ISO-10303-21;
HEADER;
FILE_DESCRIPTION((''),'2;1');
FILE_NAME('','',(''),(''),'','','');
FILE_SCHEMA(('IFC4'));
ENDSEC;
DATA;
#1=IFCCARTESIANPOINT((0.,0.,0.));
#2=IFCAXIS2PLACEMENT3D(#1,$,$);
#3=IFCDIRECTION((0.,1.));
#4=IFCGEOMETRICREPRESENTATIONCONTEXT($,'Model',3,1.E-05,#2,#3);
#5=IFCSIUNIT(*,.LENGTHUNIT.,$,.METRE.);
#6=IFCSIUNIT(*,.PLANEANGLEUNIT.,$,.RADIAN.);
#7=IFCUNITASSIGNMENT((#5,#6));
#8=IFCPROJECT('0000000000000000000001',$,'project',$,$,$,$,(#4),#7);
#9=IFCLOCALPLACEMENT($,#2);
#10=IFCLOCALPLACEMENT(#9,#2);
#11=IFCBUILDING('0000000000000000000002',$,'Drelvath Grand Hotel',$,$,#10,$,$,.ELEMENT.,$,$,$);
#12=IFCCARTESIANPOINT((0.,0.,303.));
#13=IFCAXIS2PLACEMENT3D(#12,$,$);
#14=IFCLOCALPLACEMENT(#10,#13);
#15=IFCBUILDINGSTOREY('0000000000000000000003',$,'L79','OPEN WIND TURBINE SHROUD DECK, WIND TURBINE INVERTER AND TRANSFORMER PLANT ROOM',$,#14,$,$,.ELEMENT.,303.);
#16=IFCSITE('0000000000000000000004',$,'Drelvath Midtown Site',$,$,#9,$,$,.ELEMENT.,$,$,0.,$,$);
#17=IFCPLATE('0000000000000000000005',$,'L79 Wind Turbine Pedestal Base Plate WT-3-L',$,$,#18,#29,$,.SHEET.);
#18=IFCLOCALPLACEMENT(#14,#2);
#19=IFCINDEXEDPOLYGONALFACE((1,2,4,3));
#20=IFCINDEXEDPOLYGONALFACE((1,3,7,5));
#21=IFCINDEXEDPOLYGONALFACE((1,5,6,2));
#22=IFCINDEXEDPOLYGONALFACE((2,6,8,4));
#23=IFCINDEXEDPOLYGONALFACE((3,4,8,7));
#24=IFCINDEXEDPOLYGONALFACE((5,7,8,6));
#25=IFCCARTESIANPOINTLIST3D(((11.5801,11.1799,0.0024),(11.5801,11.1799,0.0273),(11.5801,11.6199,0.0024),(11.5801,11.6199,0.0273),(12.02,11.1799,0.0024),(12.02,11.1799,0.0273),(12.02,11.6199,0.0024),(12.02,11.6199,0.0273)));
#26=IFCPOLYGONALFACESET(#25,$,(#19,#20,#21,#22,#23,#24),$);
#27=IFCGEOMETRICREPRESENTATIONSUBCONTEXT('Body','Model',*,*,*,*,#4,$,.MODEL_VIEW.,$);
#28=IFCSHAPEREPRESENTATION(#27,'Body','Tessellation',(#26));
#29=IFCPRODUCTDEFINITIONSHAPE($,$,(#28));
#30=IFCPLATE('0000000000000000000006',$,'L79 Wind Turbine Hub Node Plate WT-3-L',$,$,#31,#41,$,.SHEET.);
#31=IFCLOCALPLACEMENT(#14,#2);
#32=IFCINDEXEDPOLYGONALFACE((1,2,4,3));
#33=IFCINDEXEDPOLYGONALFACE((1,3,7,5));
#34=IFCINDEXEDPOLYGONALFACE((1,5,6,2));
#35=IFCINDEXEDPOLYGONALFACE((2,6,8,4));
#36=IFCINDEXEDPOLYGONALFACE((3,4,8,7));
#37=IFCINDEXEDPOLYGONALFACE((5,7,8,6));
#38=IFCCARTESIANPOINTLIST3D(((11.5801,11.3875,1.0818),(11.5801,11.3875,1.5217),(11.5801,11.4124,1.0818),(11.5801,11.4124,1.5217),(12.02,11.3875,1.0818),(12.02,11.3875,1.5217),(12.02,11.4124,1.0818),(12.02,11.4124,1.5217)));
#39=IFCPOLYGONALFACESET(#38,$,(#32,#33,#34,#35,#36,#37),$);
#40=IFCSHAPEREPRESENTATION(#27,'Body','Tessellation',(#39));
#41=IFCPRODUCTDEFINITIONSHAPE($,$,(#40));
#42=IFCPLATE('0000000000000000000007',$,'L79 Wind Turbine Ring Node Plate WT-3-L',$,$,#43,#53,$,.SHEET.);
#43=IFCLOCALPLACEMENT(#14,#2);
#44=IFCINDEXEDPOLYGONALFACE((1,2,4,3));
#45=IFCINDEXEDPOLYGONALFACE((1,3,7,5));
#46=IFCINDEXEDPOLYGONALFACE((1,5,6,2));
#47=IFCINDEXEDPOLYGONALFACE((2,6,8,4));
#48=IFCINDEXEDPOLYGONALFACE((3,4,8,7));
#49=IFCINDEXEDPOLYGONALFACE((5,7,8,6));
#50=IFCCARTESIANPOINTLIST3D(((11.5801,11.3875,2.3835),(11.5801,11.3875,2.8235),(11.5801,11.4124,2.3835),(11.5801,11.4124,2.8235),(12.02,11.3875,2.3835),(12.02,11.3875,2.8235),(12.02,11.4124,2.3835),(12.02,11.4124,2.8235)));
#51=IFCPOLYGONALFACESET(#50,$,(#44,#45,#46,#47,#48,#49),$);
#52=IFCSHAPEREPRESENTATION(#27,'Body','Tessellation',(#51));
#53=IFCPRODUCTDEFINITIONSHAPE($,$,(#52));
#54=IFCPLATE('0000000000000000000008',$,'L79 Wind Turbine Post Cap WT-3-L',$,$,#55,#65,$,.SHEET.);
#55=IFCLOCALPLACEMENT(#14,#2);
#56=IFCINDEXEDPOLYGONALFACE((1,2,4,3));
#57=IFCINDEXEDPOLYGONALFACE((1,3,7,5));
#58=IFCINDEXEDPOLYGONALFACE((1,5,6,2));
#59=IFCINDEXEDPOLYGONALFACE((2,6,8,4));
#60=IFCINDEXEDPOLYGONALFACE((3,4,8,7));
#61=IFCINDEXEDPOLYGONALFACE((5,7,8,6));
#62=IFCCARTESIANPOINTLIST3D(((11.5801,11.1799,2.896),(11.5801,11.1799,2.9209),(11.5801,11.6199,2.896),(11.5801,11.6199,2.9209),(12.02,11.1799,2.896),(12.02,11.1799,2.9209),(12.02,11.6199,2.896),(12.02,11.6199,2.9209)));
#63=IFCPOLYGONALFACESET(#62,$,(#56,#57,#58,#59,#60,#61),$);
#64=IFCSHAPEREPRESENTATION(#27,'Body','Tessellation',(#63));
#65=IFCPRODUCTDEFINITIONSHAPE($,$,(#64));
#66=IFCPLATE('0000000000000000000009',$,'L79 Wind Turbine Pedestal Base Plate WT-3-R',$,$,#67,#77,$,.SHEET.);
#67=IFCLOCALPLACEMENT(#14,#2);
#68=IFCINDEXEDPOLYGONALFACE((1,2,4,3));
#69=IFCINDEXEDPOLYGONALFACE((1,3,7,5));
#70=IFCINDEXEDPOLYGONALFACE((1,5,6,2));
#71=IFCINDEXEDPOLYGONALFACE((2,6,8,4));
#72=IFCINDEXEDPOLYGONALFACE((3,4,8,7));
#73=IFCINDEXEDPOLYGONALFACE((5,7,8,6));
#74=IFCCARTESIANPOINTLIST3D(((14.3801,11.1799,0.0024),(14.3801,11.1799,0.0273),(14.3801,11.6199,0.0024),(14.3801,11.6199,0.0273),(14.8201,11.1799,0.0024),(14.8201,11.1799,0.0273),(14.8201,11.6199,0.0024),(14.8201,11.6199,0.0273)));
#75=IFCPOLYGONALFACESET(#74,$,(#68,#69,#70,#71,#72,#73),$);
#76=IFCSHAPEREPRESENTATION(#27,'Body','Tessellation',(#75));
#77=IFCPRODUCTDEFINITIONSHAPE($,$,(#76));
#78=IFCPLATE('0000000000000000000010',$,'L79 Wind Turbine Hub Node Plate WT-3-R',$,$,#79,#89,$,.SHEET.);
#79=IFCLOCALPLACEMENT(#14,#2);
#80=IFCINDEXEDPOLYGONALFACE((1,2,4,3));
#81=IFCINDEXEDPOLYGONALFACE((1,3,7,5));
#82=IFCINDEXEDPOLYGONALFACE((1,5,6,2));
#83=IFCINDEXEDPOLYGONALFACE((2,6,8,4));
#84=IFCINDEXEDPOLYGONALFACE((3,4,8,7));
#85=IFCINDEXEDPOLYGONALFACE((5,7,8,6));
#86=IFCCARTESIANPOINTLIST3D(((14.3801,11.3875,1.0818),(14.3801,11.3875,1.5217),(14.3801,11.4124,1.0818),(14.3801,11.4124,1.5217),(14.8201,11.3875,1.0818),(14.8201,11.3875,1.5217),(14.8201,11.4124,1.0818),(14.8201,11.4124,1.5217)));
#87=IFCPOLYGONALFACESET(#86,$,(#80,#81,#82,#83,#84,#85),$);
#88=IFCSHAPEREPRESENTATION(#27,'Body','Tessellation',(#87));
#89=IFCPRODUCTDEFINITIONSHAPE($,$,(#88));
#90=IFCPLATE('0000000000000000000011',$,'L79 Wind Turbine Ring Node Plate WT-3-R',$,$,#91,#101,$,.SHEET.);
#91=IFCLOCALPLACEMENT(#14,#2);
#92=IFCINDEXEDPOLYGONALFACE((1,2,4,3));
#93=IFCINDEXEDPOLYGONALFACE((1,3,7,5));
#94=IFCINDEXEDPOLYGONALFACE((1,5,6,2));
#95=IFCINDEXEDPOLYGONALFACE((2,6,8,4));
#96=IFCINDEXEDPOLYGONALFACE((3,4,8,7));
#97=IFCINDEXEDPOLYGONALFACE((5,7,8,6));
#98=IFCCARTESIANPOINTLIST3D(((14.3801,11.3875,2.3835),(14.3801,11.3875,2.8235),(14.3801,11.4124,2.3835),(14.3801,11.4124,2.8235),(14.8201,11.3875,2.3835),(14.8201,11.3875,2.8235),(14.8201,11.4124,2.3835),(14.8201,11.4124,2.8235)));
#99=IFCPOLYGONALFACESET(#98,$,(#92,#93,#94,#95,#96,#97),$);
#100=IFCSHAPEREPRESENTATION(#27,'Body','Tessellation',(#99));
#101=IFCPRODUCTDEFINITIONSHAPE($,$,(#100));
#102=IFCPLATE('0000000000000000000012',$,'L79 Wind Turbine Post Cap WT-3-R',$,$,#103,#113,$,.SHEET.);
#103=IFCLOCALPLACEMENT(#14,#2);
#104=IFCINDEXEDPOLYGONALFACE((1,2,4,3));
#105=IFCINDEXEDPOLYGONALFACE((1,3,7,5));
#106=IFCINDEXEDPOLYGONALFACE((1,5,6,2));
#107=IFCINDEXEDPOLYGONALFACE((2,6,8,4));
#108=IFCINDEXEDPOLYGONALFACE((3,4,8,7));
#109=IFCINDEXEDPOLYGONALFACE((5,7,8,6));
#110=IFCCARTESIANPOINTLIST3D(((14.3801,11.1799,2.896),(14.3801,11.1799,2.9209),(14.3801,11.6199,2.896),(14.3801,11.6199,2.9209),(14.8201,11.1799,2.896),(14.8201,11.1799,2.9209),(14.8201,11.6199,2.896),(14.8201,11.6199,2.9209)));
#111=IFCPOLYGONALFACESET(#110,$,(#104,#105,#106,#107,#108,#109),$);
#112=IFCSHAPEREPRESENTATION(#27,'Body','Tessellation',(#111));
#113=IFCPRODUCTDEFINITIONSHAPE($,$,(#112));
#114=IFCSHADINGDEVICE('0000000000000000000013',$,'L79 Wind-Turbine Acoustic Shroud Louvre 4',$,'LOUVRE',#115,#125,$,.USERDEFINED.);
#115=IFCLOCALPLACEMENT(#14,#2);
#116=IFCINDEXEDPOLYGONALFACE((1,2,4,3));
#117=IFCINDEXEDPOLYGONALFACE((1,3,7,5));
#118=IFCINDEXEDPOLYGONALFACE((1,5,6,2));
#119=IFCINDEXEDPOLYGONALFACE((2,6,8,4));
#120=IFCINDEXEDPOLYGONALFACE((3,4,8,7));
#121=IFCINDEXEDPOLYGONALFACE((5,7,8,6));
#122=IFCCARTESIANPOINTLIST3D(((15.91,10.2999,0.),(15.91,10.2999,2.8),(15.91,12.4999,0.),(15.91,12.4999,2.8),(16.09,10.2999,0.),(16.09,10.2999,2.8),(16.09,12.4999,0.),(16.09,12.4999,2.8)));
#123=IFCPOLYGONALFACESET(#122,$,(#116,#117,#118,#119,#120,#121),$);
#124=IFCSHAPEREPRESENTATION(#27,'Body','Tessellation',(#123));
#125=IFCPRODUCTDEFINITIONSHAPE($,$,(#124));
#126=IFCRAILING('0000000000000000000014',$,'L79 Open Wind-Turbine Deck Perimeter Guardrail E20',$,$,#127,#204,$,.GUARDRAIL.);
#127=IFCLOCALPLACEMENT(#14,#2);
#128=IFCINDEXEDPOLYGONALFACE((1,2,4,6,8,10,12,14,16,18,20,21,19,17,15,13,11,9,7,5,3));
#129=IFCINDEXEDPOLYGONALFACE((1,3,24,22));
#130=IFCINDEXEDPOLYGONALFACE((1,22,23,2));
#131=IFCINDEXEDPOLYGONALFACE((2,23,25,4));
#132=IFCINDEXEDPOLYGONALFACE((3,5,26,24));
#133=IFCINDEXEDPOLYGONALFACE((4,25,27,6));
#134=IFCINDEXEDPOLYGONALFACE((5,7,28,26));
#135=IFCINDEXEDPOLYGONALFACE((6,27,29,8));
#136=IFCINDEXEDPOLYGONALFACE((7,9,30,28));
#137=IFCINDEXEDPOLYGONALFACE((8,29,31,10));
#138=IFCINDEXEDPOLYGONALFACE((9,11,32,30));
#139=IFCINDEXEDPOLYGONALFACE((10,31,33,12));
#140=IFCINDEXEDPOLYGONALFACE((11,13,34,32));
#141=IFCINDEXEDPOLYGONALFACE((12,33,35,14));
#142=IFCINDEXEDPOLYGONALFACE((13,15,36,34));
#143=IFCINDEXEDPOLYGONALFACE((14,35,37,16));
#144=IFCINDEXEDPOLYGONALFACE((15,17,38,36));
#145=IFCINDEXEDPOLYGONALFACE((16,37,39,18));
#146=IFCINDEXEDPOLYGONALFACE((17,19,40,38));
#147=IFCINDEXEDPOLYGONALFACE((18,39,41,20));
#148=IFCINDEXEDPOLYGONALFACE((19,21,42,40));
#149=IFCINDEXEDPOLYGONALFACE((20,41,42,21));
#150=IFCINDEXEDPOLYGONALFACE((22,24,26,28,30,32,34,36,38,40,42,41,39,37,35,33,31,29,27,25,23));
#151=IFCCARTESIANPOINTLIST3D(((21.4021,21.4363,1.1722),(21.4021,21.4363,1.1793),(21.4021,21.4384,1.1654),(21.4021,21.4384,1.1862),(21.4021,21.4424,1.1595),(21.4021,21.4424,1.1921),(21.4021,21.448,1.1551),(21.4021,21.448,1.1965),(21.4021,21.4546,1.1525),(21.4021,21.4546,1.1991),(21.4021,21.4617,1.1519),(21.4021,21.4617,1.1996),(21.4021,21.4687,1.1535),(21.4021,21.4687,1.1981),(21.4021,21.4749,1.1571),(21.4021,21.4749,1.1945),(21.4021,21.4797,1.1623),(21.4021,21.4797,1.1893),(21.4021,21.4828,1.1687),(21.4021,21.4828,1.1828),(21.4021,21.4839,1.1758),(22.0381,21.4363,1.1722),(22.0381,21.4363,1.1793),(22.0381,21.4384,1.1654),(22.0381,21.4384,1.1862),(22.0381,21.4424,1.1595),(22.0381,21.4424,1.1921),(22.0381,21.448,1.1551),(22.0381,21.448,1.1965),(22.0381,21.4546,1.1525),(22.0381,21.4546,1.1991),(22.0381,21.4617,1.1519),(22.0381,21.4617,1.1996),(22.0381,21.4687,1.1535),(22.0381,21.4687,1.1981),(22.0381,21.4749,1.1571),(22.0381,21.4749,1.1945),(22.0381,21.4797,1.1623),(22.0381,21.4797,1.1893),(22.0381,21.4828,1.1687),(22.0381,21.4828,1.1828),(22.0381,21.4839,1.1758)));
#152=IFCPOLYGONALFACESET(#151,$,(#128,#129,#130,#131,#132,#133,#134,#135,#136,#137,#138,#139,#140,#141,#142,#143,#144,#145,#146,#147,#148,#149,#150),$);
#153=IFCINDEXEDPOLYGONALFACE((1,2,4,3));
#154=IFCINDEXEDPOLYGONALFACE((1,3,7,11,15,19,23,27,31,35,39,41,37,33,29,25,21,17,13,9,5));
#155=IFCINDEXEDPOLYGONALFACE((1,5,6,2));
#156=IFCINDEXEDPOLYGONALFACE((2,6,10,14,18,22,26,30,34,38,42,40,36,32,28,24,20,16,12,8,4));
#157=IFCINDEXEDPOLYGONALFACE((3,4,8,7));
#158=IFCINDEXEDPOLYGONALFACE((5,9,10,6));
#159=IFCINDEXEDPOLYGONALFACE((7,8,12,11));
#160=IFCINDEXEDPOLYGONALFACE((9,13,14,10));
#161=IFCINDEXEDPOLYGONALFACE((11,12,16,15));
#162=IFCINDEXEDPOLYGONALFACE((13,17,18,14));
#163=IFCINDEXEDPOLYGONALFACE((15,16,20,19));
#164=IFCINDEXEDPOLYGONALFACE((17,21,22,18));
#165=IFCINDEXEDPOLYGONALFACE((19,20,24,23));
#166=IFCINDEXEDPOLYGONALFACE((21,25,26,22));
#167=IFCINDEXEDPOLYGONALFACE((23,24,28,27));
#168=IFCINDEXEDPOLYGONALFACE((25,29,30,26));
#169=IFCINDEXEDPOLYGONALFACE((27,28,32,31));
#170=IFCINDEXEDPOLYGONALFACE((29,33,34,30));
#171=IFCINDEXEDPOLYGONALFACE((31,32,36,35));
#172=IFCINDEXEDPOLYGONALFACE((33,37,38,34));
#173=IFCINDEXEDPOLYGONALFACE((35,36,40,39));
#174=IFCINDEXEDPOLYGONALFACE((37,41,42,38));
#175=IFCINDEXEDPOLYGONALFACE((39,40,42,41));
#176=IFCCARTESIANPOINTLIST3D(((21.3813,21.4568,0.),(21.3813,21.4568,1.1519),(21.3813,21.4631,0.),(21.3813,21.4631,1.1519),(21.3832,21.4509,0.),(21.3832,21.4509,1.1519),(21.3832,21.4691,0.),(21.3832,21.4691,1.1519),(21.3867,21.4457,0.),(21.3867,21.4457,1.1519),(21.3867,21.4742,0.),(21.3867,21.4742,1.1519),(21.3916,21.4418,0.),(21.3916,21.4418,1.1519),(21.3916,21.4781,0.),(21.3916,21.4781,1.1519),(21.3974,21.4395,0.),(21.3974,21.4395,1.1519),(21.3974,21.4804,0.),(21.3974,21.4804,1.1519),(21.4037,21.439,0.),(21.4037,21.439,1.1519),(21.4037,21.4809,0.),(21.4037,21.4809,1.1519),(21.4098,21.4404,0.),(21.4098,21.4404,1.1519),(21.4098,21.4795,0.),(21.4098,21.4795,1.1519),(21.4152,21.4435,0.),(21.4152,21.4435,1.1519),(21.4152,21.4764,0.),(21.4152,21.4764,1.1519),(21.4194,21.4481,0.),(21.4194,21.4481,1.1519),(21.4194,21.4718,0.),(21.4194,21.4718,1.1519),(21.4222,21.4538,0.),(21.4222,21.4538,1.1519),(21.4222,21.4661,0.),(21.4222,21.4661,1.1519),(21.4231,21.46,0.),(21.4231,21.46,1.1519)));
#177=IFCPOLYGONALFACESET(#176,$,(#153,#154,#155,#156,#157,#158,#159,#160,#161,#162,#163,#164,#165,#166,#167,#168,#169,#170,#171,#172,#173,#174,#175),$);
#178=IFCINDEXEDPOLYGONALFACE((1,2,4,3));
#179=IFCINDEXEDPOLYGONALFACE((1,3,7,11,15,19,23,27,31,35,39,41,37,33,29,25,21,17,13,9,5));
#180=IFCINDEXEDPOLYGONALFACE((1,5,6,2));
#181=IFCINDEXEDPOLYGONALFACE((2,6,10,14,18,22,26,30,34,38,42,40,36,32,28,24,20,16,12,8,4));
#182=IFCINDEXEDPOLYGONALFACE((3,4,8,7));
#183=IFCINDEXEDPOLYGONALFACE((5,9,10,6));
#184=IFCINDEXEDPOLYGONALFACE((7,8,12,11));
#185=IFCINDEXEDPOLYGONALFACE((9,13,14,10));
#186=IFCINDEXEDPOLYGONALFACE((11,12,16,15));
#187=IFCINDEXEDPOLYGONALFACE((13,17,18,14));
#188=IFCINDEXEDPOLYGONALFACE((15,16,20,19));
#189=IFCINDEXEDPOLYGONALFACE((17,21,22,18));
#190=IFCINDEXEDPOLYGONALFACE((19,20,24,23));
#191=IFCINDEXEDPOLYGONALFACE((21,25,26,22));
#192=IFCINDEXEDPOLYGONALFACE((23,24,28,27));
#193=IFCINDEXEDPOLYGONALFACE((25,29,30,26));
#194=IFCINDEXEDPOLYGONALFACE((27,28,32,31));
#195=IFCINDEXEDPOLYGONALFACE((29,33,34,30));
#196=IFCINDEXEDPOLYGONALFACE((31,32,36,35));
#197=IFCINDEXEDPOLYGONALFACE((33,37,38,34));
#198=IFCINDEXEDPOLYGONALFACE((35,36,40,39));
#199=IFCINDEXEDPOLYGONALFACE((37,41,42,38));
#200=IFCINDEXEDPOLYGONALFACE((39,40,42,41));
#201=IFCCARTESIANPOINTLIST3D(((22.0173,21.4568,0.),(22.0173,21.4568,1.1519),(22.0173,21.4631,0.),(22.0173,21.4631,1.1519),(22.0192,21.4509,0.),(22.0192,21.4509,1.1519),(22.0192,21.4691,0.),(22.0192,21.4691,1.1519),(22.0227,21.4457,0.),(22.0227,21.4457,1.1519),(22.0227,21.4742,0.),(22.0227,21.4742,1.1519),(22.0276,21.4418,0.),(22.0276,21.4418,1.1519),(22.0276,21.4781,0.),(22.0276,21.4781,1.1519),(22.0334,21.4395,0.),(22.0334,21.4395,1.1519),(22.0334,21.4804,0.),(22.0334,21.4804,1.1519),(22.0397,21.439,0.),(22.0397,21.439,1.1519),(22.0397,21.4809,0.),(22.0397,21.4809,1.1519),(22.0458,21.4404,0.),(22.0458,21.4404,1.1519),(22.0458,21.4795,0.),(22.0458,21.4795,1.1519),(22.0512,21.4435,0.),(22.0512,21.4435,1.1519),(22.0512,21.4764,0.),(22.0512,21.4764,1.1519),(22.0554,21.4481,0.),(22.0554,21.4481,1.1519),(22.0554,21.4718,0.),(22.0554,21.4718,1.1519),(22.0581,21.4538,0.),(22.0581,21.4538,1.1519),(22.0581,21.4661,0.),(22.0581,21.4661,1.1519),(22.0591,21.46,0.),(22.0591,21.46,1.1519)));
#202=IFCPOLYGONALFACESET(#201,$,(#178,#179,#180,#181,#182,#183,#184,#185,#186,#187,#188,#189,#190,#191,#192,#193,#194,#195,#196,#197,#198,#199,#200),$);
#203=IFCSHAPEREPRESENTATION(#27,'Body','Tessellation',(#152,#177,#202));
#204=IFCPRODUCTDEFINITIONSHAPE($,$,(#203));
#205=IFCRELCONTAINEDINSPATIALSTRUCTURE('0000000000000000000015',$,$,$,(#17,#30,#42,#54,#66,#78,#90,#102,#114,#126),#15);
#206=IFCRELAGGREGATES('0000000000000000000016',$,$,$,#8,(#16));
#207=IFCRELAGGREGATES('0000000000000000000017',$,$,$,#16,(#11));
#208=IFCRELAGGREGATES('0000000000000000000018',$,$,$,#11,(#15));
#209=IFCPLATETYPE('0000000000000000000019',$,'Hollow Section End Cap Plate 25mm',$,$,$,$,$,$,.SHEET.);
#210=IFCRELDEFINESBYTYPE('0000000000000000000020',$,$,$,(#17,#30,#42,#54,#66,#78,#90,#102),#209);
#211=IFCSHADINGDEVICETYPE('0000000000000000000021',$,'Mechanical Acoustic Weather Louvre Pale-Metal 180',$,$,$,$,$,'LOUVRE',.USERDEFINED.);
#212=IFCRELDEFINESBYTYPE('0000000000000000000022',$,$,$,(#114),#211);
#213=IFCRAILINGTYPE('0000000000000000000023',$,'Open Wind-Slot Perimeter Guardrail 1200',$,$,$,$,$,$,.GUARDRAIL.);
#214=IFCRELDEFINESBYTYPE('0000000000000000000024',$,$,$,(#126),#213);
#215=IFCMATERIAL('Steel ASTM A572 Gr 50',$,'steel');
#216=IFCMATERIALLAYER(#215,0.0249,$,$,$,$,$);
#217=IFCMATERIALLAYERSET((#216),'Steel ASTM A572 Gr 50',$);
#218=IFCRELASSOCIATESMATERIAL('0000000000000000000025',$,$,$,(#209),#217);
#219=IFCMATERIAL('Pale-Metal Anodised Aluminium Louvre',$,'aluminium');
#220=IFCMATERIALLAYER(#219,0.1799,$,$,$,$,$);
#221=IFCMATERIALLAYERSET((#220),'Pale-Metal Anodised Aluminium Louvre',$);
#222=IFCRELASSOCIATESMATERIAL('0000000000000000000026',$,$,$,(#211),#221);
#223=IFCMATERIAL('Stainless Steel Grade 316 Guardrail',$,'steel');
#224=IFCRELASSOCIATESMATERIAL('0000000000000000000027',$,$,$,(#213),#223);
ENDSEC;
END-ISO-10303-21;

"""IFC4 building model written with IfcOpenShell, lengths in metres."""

from ifc_helpers import new_model, si_unit, direction, frame, origin, origin_2d, place, context, subcontext, project, spatial, rectangle, circle, extrude, material, layer, layer_set, type_object, element, save


model = new_model("IFC4")

# Units and contexts
model_context = context("Model", 3, precision=1e-05, world=origin(), true_north=direction((0.0, 1.0)))
body_context = subcontext(model_context, "Body", "Model", "MODEL_VIEW")
ifc_project = project(units=[si_unit("LENGTHUNIT", "METRE"), si_unit("PLANEANGLEUNIT", "RADIAN")], contexts=[model_context])

# Site, building, storey
site_placement = place(None, origin())
site = spatial("IfcSite", under=ifc_project, at=site_placement, Name="Drelvath Midtown Site", CompositionType="ELEMENT", RefElevation=0.0)
building_placement = place(site_placement, origin())
building = spatial("IfcBuilding", under=site, at=building_placement, Name="Drelvath Grand Hotel", CompositionType="ELEMENT")
storey_placement = place(building_placement, frame((0.0, 0.0, 303.0)))
storey = spatial("IfcBuildingStorey", under=building, at=storey_placement, Name="L79", Description="OPEN WIND TURBINE SHROUD DECK, WIND TURBINE INVERTER AND TRANSFORMER PLANT ROOM", CompositionType="ELEMENT", Elevation=303.0)

# Plates
ifc_material_1 = material(Name="Steel ASTM A572 Gr 50", Category="steel")
ifc_layer_1 = layer(ifc_material_1, 0.0249)
ifc_layer_set_1 = layer_set([ifc_layer_1], Name="Steel ASTM A572 Gr 50")
plate_type = type_object("IfcPlateType", Name="Hollow Section End Cap Plate 25mm", PredefinedType="SHEET", material=ifc_layer_set_1)
plate_1_placement = place(storey_placement, frame((11.8, 11.3999, 0.0024), z_axis=(0.0, 0.0, 1.0), x_axis=(1.0, 0.0, 0.0)))
element("IfcPlate", 1, at=plate_1_placement, inside=storey, type_object=plate_type, Name="L79 Wind Turbine Pedestal Base Plate WT-3-L", PredefinedType="SHEET", context=body_context, shape_type="SweptSolid", body=[
    extrude(rectangle(XDim=0.4399, YDim=0.4399, at=origin_2d()), origin(), (0.0, 0.0, 1.0), 0.0249),
])
for number, where, z_axis, x_axis, name in (
    (2, (11.8, 11.3999, 1.0818), (0.0, 0.0, 1.0), (1.0, 0.0, 0.0), "L79 Wind Turbine Hub Node Plate WT-3-L"),
    (3, (11.8, 11.3999, 2.3835), (0.0, 0.0, 1.0), (1.0, 0.0, 0.0), "L79 Wind Turbine Ring Node Plate WT-3-L"),
):
    element("IfcPlate", number, at=place(storey_placement, frame(where, z_axis=z_axis, x_axis=x_axis)), inside=storey, type_object=plate_type, Name=name, PredefinedType="SHEET", context=body_context, shape_type="SweptSolid", body=[
        extrude(rectangle(XDim=0.4399, YDim=0.0249, at=origin_2d()), origin(), (0.0, 0.0, 1.0), 0.4399),
    ])
for number, where, z_axis, x_axis, name in (
    (4, (11.8, 11.3999, 2.896), (0.0, 0.0, 1.0), (1.0, 0.0, 0.0), "L79 Wind Turbine Post Cap WT-3-L"),
    (5, (14.6001, 11.3999, 0.0024), (0.0, 0.0, 1.0), (1.0, 0.0, 0.0), "L79 Wind Turbine Pedestal Base Plate WT-3-R"),
):
    element("IfcPlate", number, at=place(storey_placement, frame(where, z_axis=z_axis, x_axis=x_axis)), inside=storey, type_object=plate_type, Name=name, PredefinedType="SHEET", context=body_context, shape_type="SweptSolid", body=[
        extrude(rectangle(XDim=0.4399, YDim=0.4399, at=origin_2d()), origin(), (0.0, 0.0, 1.0), 0.0249),
    ])
for number, where, z_axis, x_axis, name in (
    (6, (14.6001, 11.3999, 1.0818), (0.0, 0.0, 1.0), (1.0, 0.0, 0.0), "L79 Wind Turbine Hub Node Plate WT-3-R"),
    (7, (14.6001, 11.3999, 2.3835), (0.0, 0.0, 1.0), (1.0, 0.0, 0.0), "L79 Wind Turbine Ring Node Plate WT-3-R"),
):
    element("IfcPlate", number, at=place(storey_placement, frame(where, z_axis=z_axis, x_axis=x_axis)), inside=storey, type_object=plate_type, Name=name, PredefinedType="SHEET", context=body_context, shape_type="SweptSolid", body=[
        extrude(rectangle(XDim=0.4399, YDim=0.0249, at=origin_2d()), origin(), (0.0, 0.0, 1.0), 0.4399),
    ])
plate_2_placement = place(storey_placement, frame((14.6001, 11.3999, 2.896), z_axis=(0.0, 0.0, 1.0), x_axis=(1.0, 0.0, 0.0)))
element("IfcPlate", 8, at=plate_2_placement, inside=storey, type_object=plate_type, Name="L79 Wind Turbine Post Cap WT-3-R", PredefinedType="SHEET", context=body_context, shape_type="SweptSolid", body=[
    extrude(rectangle(XDim=0.4399, YDim=0.4399, at=origin_2d()), origin(), (0.0, 0.0, 1.0), 0.0249),
])

# Shading device
ifc_material_2 = material(Name="Pale-Metal Anodised Aluminium Louvre", Category="aluminium")
ifc_layer_2 = layer(ifc_material_2, 0.1799)
ifc_layer_set_2 = layer_set([ifc_layer_2], Name="Pale-Metal Anodised Aluminium Louvre")
shading_device_type = type_object("IfcShadingDeviceType", Name="Mechanical Acoustic Weather Louvre Pale-Metal 180", ElementType="LOUVRE", PredefinedType="USERDEFINED", material=ifc_layer_set_2)
shading_device_placement = place(storey_placement, frame((16.0, 11.3999, 0.0), z_axis=(0.0, 0.0, 1.0), x_axis=(1.0, 0.0, 0.0)))
element("IfcShadingDevice", 9, at=shading_device_placement, inside=storey, type_object=shading_device_type, Name="L79 Wind-Turbine Acoustic Shroud Louvre 4", ObjectType="LOUVRE", PredefinedType="USERDEFINED", context=body_context, shape_type="SweptSolid", body=[
    extrude(rectangle(XDim=0.1799, YDim=2.2, at=origin_2d()), origin(), (0.0, 0.0, 1.0), 2.8),
])

# Railing
ifc_material_3 = material(Name="Stainless Steel Grade 316 Guardrail", Category="steel")
railing_type = type_object("IfcRailingType", Name="Open Wind-Slot Perimeter Guardrail 1200", PredefinedType="GUARDRAIL", material=ifc_material_3)
railing_1_placement = place(storey_placement, frame((21.4021, 21.46, 0.0)))
element("IfcRailing", 10, at=railing_1_placement, inside=storey, type_object=railing_type, Name="L79 Open Wind-Turbine Deck Perimeter Guardrail E20", PredefinedType="GUARDRAIL", context=body_context, shape_type="SweptSolid", body=[
    extrude(circle(Radius=0.0239, at=origin_2d()), frame((0.0, 0.0, 1.1758), z_axis=(1.0, 0.0, 0.0), x_axis=(0.0, 1.0, 0.0)), (0.0, 0.0, 1.0), 0.636),
    extrude(circle(Radius=0.021, at=origin_2d()), origin(), (0.0, 0.0, 1.0), 1.1519),
    extrude(circle(Radius=0.021, at=origin_2d()), frame((0.636, 0.0, 0.0)), (0.0, 0.0, 1.0), 1.1519),
])

save(model, "model.ifc")
